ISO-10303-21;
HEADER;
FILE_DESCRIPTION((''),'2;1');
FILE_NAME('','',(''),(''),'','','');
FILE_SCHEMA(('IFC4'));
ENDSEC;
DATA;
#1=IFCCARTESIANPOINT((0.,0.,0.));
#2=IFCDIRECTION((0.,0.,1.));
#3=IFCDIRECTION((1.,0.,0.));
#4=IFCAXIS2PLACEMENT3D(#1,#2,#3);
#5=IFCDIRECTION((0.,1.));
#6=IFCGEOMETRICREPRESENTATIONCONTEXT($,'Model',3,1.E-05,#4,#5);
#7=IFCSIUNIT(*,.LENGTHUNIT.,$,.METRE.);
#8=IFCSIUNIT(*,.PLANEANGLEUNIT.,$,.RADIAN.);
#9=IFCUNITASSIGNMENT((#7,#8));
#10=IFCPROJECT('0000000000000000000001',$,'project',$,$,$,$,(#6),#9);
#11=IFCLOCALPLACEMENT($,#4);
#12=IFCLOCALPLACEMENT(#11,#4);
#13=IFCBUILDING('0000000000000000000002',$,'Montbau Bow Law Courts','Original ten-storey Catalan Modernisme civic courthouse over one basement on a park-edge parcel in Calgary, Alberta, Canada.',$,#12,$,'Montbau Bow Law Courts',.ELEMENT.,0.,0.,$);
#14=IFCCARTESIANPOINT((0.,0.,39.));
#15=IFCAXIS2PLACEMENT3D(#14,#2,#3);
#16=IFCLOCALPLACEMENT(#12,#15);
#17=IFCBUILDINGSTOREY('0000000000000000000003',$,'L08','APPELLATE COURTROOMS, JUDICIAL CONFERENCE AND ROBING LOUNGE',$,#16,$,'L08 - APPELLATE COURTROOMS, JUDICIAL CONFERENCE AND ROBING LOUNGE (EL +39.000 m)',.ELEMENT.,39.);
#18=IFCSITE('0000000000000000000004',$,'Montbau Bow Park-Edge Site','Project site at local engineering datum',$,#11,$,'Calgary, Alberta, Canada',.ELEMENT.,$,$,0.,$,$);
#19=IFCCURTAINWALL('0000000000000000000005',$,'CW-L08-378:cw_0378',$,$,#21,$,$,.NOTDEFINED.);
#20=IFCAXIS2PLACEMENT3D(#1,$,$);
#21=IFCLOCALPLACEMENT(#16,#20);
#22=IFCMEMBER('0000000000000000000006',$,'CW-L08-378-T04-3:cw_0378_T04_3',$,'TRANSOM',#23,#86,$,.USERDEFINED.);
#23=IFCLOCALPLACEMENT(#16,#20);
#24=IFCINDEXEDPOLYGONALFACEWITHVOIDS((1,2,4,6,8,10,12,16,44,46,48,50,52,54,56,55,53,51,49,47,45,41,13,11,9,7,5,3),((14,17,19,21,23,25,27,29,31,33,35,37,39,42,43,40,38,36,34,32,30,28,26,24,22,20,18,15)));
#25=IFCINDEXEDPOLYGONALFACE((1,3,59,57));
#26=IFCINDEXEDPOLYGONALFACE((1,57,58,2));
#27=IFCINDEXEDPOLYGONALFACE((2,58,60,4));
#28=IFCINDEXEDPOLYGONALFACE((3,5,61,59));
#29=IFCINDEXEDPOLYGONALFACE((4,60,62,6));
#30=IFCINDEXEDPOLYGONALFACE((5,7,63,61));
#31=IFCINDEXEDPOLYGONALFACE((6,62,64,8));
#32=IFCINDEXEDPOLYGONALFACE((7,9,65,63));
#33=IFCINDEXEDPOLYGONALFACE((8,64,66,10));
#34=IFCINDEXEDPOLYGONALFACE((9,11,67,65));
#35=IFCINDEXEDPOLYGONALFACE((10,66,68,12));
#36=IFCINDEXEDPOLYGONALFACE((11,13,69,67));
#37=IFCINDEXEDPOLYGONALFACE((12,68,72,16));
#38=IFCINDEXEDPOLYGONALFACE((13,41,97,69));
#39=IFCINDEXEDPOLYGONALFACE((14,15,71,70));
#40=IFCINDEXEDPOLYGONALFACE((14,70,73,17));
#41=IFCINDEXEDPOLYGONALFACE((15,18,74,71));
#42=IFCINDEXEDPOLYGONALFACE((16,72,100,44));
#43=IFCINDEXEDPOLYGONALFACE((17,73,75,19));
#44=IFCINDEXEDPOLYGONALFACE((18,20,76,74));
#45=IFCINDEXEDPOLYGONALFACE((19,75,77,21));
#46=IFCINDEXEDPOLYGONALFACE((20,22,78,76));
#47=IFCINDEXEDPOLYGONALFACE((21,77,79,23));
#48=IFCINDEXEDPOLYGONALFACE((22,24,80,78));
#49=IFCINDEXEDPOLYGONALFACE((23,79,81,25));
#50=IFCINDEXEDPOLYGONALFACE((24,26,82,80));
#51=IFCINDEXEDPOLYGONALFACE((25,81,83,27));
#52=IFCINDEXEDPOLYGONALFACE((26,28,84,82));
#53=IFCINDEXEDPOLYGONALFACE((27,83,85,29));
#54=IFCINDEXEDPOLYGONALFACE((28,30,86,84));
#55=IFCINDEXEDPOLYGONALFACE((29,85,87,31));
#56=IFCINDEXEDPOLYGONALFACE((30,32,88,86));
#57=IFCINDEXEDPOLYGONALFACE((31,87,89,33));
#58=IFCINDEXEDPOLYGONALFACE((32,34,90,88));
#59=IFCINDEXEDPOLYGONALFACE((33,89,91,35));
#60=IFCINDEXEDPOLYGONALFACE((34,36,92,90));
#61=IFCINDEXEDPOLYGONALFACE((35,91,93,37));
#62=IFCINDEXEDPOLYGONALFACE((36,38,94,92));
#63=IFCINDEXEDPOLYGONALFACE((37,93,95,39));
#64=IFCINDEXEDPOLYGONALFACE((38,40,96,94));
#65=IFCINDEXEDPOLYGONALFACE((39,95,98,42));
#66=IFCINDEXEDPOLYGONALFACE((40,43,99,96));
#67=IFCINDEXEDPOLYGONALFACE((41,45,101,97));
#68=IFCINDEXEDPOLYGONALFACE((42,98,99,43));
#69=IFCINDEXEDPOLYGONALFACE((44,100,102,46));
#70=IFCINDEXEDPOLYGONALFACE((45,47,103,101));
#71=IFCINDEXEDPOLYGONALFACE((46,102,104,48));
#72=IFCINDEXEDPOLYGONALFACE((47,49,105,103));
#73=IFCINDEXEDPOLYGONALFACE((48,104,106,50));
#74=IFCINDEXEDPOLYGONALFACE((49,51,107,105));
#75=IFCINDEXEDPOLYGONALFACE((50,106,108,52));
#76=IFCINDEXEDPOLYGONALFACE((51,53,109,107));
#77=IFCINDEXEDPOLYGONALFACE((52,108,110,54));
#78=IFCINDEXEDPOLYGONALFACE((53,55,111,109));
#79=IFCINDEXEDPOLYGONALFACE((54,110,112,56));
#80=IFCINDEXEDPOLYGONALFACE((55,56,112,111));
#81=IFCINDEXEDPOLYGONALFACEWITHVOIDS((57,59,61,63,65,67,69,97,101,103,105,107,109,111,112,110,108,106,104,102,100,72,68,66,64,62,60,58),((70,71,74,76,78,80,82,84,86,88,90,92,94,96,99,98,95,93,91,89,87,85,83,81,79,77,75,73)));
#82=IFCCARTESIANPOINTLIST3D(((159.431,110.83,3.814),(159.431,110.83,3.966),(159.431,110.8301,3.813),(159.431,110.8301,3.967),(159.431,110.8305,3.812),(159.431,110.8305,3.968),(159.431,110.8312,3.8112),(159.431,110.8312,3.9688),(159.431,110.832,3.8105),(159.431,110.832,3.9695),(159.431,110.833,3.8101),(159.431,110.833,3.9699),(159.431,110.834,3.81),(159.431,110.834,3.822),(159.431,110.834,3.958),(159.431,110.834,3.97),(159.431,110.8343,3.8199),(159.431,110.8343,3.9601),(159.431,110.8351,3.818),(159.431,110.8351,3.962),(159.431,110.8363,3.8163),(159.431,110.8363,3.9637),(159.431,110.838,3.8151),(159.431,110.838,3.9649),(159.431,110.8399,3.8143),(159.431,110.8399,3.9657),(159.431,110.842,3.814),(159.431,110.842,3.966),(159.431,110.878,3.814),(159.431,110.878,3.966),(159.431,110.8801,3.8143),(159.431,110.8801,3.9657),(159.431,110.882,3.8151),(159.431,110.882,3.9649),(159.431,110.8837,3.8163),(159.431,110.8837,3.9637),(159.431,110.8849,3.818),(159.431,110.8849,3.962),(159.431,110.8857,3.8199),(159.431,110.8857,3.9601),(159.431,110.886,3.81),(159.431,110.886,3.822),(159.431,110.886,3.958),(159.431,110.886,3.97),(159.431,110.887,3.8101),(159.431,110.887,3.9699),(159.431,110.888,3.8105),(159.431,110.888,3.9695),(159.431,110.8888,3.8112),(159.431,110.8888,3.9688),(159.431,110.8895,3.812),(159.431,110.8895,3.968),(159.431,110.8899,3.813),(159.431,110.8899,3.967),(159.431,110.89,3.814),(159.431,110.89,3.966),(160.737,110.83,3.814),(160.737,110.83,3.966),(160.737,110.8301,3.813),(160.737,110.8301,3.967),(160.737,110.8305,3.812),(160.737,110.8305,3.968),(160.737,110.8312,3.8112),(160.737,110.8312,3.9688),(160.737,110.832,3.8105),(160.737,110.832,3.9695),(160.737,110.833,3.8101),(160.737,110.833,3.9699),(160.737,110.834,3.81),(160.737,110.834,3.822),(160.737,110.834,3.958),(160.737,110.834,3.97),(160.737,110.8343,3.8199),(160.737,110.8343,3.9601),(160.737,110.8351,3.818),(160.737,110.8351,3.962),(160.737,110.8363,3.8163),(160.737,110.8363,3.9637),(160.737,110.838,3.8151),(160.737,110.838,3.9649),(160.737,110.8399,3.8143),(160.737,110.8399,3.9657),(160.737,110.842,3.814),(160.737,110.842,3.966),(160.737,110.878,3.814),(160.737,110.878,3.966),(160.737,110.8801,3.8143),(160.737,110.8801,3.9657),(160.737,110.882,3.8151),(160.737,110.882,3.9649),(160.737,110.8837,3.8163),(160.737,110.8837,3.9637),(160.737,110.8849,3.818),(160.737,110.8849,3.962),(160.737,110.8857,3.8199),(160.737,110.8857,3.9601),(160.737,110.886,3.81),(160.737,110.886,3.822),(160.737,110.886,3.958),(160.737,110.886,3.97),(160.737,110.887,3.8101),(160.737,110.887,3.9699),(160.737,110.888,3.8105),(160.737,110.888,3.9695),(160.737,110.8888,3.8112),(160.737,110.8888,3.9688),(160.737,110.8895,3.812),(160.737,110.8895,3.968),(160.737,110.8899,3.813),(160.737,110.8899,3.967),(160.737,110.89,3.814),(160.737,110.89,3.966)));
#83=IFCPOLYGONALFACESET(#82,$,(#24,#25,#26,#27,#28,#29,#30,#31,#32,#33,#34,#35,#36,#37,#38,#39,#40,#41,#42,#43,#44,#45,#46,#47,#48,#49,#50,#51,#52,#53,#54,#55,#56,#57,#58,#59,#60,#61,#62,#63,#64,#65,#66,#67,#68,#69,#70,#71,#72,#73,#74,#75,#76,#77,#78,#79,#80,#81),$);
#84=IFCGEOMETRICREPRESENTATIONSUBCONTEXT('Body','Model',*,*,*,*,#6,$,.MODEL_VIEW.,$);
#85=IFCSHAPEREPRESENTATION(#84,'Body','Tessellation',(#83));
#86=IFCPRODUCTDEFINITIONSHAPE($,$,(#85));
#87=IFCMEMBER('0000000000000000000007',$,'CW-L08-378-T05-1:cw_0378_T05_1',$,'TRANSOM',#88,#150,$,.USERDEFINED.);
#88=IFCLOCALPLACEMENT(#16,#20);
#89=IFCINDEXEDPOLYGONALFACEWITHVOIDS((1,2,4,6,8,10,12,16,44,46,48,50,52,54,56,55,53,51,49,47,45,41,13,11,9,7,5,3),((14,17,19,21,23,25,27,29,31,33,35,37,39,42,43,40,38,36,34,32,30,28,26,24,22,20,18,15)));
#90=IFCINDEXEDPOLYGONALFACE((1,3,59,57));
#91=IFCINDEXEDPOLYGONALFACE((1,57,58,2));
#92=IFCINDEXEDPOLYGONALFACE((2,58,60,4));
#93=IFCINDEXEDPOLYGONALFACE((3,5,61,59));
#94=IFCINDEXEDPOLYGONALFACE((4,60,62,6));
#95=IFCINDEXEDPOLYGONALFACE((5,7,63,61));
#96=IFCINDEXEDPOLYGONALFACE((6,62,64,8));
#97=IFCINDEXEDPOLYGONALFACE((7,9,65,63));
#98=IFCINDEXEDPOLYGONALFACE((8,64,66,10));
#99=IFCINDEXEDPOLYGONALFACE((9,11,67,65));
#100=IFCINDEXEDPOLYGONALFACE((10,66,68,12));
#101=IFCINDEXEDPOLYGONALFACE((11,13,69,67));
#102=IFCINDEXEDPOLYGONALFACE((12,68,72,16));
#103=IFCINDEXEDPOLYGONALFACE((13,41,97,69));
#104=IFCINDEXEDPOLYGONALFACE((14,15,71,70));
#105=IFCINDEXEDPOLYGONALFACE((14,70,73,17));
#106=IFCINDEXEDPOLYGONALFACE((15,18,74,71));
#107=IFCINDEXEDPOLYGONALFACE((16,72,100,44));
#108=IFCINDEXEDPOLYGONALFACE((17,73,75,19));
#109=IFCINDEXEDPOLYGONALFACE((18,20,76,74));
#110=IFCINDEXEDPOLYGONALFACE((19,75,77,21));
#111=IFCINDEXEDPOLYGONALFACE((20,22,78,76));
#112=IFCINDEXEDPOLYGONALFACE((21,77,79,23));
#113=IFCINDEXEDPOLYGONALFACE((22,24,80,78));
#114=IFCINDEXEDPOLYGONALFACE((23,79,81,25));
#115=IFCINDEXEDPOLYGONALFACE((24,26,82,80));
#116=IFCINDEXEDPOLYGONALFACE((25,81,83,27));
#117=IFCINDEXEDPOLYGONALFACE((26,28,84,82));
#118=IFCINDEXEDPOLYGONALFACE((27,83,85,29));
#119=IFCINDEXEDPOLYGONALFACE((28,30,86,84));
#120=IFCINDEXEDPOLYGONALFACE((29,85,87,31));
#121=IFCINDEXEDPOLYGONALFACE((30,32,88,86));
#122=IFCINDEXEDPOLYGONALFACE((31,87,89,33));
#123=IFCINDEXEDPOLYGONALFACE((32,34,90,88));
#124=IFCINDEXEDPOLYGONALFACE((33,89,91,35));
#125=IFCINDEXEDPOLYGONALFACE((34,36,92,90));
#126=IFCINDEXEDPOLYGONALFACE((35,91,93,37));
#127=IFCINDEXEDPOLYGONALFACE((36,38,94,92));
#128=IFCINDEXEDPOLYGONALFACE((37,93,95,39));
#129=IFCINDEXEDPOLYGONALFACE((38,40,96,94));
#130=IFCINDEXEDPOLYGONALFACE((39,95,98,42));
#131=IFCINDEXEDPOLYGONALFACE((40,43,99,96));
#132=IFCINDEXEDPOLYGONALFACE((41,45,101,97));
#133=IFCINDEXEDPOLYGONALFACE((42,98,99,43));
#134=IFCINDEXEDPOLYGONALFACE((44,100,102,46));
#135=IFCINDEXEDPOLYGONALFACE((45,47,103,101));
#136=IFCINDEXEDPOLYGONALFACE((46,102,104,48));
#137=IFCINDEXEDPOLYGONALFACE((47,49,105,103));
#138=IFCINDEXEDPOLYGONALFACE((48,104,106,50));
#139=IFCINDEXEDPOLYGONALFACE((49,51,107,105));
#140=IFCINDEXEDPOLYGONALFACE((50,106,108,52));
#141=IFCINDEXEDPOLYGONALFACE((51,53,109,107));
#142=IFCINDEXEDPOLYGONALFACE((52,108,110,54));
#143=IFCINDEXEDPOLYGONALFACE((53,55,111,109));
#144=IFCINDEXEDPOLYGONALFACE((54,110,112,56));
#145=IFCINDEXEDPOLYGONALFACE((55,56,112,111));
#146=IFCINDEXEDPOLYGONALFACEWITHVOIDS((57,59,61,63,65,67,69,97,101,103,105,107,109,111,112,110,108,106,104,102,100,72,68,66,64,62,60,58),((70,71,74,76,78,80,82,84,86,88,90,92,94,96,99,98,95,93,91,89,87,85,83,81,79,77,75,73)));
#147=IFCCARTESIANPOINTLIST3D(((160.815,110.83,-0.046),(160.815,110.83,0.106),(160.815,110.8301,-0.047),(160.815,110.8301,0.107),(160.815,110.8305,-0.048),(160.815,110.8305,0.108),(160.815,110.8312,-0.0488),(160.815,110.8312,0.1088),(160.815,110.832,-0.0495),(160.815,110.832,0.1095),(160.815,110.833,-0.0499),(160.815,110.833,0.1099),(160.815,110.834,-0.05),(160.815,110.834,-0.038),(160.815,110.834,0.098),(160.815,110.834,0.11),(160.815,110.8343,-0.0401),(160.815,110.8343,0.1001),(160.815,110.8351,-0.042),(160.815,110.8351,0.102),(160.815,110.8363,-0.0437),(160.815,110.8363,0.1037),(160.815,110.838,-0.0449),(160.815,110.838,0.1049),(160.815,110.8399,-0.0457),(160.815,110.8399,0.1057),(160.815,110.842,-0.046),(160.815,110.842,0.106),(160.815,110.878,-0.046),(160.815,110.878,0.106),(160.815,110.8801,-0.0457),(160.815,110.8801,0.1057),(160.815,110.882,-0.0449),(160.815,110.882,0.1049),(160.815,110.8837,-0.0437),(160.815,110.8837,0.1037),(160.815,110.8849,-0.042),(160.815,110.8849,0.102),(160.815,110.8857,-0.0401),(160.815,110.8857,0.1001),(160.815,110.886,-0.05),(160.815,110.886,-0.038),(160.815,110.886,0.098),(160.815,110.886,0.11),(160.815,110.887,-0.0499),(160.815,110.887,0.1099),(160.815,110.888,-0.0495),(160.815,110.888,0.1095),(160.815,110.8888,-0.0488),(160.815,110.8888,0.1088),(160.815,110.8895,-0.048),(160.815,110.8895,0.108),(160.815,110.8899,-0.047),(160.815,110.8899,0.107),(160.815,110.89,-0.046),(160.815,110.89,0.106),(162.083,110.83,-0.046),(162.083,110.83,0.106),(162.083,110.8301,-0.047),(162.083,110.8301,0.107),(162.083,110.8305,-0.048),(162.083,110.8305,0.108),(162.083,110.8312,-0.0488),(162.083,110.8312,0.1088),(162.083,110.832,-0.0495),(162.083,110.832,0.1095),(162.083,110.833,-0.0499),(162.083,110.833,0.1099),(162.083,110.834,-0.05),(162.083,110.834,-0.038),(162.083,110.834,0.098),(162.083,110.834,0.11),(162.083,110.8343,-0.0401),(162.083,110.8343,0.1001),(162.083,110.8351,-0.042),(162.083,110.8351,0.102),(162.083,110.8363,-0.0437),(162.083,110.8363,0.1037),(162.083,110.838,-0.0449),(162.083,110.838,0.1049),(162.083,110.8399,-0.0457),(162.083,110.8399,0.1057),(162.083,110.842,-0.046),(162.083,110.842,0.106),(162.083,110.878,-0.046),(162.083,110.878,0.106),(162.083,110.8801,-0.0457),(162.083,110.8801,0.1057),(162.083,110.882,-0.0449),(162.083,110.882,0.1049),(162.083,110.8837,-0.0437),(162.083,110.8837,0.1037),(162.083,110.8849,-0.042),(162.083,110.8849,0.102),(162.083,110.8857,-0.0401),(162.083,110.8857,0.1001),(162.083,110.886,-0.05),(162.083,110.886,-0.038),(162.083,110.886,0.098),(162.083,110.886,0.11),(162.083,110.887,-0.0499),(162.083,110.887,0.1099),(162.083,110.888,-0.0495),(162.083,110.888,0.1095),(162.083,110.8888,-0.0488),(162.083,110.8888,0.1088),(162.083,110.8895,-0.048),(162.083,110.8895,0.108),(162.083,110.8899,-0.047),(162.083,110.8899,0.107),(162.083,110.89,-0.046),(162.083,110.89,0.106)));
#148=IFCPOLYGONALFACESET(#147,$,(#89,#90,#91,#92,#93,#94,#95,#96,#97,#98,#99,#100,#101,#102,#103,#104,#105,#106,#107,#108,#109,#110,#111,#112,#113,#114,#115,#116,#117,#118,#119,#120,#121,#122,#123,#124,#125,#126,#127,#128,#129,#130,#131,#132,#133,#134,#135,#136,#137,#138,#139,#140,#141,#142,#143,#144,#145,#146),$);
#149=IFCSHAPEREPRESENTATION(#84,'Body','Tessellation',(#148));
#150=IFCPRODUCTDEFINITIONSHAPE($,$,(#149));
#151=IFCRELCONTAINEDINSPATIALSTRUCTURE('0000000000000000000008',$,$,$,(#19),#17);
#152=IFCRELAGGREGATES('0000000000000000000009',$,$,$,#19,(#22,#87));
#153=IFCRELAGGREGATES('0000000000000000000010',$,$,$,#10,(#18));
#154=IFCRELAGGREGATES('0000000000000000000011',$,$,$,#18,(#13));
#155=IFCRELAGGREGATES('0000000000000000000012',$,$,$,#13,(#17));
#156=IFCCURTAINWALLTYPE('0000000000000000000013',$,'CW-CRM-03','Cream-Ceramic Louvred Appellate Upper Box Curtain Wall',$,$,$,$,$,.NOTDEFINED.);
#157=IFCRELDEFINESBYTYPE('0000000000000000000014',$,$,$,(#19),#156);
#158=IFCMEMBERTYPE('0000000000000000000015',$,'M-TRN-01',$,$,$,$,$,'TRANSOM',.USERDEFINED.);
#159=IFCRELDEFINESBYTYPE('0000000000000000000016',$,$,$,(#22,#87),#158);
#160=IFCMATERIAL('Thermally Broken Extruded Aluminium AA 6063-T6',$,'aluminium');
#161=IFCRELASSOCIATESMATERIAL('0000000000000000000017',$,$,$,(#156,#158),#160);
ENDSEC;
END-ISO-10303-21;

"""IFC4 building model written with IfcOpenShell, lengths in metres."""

from ifc_helpers import new_model, si_unit, direction, frame, origin_with_axes, origin_2d_with_axis, place, context, subcontext, project, spatial, hollow_rectangle, extrude, material, material_profile, profile_set, type_object, element, aggregate, save


model = new_model("IFC4")

# Units and contexts
model_context = context("Model", 3, precision=1e-05, world=origin_with_axes(), true_north=direction((0.0, 1.0)))
body_context = subcontext(model_context, "Body", "Model", "MODEL_VIEW")
ifc_project = project(units=[si_unit("LENGTHUNIT", "METRE"), si_unit("PLANEANGLEUNIT", "RADIAN")], contexts=[model_context])

# Site, building, storey
site_placement = place(None, origin_with_axes())
site = spatial("IfcSite", under=ifc_project, at=site_placement, Name="Montbau Bow Park-Edge Site", Description="Project site at local engineering datum", LongName="Calgary, Alberta, Canada", CompositionType="ELEMENT", RefElevation=0.0)
building_placement = place(site_placement, origin_with_axes())
building = spatial("IfcBuilding", under=site, at=building_placement, Name="Montbau Bow Law Courts", Description="Original ten-storey Catalan Modernisme civic courthouse over one basement on a park-edge parcel in Calgary, Alberta, Canada.", LongName="Montbau Bow Law Courts", CompositionType="ELEMENT", ElevationOfRefHeight=0.0, ElevationOfTerrain=0.0)
storey_placement = place(building_placement, frame((0.0, 0.0, 39.0), z_axis=(0.0, 0.0, 1.0), x_axis=(1.0, 0.0, 0.0)))
storey = spatial("IfcBuildingStorey", under=building, at=storey_placement, Name="L08", Description="APPELLATE COURTROOMS, JUDICIAL CONFERENCE AND ROBING LOUNGE", LongName="L08 - APPELLATE COURTROOMS, JUDICIAL CONFERENCE AND ROBING LOUNGE (EL +39.000 m)", CompositionType="ELEMENT", Elevation=39.0)

# Curtain wall, members
ifc_material_1 = material(Name="Thermally Broken Extruded Aluminium AA 6063-T6", Category="aluminium")
curtain_wall_type = type_object("IfcCurtainWallType", Name="CW-CRM-03", Description="Cream-Ceramic Louvred Appellate Upper Box Curtain Wall", PredefinedType="NOTDEFINED", material=ifc_material_1)
curtain_wall_placement = place(None, frame((155.24, 110.86, 39.0), z_axis=(0.0, 0.0, 1.0), x_axis=(1.0, 0.0, 0.0)))
curtain_wall = element("IfcCurtainWall", 1, at=curtain_wall_placement, inside=storey, type_object=curtain_wall_type, Name="CW-L08-378:cw_0378", PredefinedType="NOTDEFINED")
ifc_material_profile_1 = material_profile(ifc_material_1, hollow_rectangle(XDim=0.06, YDim=0.16, WallThickness=0.004, InnerFilletRadius=0.008, OuterFilletRadius=0.004, at=origin_2d_with_axis()), Name="CWT-160X60", Category="Main", Priority=0)
ifc_profile_set_1 = profile_set([ifc_material_profile_1], Name="Thermally Broken Extruded Aluminium AA 6063-T6")
member_type_1 = type_object("IfcMemberType", Name="M-TRN-01", ElementType="TRANSOM", PredefinedType="USERDEFINED", material=ifc_profile_set_1)
member_1_placement = place(None, frame((159.431, 110.86, 42.89), z_axis=(1.0, 0.0, 0.0), x_axis=(0.0, 1.0, 0.0)))
member_1 = element("IfcMember", 2, at=member_1_placement, type_object=member_type_1, Name="CW-L08-378-T04-3:cw_0378_T04_3", ObjectType="TRANSOM", PredefinedType="USERDEFINED", context=body_context, shape_type="SweptSolid", body=[
    extrude(hollow_rectangle(XDim=0.06, YDim=0.16, WallThickness=0.004, InnerFilletRadius=0.008, OuterFilletRadius=0.004, at=origin_2d_with_axis()), origin_with_axes(), (0.0, 0.0, 1.0), 1.306),
])
member_2_placement = place(None, frame((160.815, 110.86, 39.03), z_axis=(1.0, 0.0, 0.0), x_axis=(0.0, 1.0, 0.0)))
member_2 = element("IfcMember", 3, at=member_2_placement, type_object=member_type_1, Name="CW-L08-378-T05-1:cw_0378_T05_1", ObjectType="TRANSOM", PredefinedType="USERDEFINED", context=body_context, shape_type="SweptSolid", body=[
    extrude(hollow_rectangle(XDim=0.06, YDim=0.16, WallThickness=0.004, InnerFilletRadius=0.008, OuterFilletRadius=0.004, at=origin_2d_with_axis()), origin_with_axes(), (0.0, 0.0, 1.0), 1.268),
])
aggregate(curtain_wall, [member_1, member_2])

save(model, "model.ifc")
